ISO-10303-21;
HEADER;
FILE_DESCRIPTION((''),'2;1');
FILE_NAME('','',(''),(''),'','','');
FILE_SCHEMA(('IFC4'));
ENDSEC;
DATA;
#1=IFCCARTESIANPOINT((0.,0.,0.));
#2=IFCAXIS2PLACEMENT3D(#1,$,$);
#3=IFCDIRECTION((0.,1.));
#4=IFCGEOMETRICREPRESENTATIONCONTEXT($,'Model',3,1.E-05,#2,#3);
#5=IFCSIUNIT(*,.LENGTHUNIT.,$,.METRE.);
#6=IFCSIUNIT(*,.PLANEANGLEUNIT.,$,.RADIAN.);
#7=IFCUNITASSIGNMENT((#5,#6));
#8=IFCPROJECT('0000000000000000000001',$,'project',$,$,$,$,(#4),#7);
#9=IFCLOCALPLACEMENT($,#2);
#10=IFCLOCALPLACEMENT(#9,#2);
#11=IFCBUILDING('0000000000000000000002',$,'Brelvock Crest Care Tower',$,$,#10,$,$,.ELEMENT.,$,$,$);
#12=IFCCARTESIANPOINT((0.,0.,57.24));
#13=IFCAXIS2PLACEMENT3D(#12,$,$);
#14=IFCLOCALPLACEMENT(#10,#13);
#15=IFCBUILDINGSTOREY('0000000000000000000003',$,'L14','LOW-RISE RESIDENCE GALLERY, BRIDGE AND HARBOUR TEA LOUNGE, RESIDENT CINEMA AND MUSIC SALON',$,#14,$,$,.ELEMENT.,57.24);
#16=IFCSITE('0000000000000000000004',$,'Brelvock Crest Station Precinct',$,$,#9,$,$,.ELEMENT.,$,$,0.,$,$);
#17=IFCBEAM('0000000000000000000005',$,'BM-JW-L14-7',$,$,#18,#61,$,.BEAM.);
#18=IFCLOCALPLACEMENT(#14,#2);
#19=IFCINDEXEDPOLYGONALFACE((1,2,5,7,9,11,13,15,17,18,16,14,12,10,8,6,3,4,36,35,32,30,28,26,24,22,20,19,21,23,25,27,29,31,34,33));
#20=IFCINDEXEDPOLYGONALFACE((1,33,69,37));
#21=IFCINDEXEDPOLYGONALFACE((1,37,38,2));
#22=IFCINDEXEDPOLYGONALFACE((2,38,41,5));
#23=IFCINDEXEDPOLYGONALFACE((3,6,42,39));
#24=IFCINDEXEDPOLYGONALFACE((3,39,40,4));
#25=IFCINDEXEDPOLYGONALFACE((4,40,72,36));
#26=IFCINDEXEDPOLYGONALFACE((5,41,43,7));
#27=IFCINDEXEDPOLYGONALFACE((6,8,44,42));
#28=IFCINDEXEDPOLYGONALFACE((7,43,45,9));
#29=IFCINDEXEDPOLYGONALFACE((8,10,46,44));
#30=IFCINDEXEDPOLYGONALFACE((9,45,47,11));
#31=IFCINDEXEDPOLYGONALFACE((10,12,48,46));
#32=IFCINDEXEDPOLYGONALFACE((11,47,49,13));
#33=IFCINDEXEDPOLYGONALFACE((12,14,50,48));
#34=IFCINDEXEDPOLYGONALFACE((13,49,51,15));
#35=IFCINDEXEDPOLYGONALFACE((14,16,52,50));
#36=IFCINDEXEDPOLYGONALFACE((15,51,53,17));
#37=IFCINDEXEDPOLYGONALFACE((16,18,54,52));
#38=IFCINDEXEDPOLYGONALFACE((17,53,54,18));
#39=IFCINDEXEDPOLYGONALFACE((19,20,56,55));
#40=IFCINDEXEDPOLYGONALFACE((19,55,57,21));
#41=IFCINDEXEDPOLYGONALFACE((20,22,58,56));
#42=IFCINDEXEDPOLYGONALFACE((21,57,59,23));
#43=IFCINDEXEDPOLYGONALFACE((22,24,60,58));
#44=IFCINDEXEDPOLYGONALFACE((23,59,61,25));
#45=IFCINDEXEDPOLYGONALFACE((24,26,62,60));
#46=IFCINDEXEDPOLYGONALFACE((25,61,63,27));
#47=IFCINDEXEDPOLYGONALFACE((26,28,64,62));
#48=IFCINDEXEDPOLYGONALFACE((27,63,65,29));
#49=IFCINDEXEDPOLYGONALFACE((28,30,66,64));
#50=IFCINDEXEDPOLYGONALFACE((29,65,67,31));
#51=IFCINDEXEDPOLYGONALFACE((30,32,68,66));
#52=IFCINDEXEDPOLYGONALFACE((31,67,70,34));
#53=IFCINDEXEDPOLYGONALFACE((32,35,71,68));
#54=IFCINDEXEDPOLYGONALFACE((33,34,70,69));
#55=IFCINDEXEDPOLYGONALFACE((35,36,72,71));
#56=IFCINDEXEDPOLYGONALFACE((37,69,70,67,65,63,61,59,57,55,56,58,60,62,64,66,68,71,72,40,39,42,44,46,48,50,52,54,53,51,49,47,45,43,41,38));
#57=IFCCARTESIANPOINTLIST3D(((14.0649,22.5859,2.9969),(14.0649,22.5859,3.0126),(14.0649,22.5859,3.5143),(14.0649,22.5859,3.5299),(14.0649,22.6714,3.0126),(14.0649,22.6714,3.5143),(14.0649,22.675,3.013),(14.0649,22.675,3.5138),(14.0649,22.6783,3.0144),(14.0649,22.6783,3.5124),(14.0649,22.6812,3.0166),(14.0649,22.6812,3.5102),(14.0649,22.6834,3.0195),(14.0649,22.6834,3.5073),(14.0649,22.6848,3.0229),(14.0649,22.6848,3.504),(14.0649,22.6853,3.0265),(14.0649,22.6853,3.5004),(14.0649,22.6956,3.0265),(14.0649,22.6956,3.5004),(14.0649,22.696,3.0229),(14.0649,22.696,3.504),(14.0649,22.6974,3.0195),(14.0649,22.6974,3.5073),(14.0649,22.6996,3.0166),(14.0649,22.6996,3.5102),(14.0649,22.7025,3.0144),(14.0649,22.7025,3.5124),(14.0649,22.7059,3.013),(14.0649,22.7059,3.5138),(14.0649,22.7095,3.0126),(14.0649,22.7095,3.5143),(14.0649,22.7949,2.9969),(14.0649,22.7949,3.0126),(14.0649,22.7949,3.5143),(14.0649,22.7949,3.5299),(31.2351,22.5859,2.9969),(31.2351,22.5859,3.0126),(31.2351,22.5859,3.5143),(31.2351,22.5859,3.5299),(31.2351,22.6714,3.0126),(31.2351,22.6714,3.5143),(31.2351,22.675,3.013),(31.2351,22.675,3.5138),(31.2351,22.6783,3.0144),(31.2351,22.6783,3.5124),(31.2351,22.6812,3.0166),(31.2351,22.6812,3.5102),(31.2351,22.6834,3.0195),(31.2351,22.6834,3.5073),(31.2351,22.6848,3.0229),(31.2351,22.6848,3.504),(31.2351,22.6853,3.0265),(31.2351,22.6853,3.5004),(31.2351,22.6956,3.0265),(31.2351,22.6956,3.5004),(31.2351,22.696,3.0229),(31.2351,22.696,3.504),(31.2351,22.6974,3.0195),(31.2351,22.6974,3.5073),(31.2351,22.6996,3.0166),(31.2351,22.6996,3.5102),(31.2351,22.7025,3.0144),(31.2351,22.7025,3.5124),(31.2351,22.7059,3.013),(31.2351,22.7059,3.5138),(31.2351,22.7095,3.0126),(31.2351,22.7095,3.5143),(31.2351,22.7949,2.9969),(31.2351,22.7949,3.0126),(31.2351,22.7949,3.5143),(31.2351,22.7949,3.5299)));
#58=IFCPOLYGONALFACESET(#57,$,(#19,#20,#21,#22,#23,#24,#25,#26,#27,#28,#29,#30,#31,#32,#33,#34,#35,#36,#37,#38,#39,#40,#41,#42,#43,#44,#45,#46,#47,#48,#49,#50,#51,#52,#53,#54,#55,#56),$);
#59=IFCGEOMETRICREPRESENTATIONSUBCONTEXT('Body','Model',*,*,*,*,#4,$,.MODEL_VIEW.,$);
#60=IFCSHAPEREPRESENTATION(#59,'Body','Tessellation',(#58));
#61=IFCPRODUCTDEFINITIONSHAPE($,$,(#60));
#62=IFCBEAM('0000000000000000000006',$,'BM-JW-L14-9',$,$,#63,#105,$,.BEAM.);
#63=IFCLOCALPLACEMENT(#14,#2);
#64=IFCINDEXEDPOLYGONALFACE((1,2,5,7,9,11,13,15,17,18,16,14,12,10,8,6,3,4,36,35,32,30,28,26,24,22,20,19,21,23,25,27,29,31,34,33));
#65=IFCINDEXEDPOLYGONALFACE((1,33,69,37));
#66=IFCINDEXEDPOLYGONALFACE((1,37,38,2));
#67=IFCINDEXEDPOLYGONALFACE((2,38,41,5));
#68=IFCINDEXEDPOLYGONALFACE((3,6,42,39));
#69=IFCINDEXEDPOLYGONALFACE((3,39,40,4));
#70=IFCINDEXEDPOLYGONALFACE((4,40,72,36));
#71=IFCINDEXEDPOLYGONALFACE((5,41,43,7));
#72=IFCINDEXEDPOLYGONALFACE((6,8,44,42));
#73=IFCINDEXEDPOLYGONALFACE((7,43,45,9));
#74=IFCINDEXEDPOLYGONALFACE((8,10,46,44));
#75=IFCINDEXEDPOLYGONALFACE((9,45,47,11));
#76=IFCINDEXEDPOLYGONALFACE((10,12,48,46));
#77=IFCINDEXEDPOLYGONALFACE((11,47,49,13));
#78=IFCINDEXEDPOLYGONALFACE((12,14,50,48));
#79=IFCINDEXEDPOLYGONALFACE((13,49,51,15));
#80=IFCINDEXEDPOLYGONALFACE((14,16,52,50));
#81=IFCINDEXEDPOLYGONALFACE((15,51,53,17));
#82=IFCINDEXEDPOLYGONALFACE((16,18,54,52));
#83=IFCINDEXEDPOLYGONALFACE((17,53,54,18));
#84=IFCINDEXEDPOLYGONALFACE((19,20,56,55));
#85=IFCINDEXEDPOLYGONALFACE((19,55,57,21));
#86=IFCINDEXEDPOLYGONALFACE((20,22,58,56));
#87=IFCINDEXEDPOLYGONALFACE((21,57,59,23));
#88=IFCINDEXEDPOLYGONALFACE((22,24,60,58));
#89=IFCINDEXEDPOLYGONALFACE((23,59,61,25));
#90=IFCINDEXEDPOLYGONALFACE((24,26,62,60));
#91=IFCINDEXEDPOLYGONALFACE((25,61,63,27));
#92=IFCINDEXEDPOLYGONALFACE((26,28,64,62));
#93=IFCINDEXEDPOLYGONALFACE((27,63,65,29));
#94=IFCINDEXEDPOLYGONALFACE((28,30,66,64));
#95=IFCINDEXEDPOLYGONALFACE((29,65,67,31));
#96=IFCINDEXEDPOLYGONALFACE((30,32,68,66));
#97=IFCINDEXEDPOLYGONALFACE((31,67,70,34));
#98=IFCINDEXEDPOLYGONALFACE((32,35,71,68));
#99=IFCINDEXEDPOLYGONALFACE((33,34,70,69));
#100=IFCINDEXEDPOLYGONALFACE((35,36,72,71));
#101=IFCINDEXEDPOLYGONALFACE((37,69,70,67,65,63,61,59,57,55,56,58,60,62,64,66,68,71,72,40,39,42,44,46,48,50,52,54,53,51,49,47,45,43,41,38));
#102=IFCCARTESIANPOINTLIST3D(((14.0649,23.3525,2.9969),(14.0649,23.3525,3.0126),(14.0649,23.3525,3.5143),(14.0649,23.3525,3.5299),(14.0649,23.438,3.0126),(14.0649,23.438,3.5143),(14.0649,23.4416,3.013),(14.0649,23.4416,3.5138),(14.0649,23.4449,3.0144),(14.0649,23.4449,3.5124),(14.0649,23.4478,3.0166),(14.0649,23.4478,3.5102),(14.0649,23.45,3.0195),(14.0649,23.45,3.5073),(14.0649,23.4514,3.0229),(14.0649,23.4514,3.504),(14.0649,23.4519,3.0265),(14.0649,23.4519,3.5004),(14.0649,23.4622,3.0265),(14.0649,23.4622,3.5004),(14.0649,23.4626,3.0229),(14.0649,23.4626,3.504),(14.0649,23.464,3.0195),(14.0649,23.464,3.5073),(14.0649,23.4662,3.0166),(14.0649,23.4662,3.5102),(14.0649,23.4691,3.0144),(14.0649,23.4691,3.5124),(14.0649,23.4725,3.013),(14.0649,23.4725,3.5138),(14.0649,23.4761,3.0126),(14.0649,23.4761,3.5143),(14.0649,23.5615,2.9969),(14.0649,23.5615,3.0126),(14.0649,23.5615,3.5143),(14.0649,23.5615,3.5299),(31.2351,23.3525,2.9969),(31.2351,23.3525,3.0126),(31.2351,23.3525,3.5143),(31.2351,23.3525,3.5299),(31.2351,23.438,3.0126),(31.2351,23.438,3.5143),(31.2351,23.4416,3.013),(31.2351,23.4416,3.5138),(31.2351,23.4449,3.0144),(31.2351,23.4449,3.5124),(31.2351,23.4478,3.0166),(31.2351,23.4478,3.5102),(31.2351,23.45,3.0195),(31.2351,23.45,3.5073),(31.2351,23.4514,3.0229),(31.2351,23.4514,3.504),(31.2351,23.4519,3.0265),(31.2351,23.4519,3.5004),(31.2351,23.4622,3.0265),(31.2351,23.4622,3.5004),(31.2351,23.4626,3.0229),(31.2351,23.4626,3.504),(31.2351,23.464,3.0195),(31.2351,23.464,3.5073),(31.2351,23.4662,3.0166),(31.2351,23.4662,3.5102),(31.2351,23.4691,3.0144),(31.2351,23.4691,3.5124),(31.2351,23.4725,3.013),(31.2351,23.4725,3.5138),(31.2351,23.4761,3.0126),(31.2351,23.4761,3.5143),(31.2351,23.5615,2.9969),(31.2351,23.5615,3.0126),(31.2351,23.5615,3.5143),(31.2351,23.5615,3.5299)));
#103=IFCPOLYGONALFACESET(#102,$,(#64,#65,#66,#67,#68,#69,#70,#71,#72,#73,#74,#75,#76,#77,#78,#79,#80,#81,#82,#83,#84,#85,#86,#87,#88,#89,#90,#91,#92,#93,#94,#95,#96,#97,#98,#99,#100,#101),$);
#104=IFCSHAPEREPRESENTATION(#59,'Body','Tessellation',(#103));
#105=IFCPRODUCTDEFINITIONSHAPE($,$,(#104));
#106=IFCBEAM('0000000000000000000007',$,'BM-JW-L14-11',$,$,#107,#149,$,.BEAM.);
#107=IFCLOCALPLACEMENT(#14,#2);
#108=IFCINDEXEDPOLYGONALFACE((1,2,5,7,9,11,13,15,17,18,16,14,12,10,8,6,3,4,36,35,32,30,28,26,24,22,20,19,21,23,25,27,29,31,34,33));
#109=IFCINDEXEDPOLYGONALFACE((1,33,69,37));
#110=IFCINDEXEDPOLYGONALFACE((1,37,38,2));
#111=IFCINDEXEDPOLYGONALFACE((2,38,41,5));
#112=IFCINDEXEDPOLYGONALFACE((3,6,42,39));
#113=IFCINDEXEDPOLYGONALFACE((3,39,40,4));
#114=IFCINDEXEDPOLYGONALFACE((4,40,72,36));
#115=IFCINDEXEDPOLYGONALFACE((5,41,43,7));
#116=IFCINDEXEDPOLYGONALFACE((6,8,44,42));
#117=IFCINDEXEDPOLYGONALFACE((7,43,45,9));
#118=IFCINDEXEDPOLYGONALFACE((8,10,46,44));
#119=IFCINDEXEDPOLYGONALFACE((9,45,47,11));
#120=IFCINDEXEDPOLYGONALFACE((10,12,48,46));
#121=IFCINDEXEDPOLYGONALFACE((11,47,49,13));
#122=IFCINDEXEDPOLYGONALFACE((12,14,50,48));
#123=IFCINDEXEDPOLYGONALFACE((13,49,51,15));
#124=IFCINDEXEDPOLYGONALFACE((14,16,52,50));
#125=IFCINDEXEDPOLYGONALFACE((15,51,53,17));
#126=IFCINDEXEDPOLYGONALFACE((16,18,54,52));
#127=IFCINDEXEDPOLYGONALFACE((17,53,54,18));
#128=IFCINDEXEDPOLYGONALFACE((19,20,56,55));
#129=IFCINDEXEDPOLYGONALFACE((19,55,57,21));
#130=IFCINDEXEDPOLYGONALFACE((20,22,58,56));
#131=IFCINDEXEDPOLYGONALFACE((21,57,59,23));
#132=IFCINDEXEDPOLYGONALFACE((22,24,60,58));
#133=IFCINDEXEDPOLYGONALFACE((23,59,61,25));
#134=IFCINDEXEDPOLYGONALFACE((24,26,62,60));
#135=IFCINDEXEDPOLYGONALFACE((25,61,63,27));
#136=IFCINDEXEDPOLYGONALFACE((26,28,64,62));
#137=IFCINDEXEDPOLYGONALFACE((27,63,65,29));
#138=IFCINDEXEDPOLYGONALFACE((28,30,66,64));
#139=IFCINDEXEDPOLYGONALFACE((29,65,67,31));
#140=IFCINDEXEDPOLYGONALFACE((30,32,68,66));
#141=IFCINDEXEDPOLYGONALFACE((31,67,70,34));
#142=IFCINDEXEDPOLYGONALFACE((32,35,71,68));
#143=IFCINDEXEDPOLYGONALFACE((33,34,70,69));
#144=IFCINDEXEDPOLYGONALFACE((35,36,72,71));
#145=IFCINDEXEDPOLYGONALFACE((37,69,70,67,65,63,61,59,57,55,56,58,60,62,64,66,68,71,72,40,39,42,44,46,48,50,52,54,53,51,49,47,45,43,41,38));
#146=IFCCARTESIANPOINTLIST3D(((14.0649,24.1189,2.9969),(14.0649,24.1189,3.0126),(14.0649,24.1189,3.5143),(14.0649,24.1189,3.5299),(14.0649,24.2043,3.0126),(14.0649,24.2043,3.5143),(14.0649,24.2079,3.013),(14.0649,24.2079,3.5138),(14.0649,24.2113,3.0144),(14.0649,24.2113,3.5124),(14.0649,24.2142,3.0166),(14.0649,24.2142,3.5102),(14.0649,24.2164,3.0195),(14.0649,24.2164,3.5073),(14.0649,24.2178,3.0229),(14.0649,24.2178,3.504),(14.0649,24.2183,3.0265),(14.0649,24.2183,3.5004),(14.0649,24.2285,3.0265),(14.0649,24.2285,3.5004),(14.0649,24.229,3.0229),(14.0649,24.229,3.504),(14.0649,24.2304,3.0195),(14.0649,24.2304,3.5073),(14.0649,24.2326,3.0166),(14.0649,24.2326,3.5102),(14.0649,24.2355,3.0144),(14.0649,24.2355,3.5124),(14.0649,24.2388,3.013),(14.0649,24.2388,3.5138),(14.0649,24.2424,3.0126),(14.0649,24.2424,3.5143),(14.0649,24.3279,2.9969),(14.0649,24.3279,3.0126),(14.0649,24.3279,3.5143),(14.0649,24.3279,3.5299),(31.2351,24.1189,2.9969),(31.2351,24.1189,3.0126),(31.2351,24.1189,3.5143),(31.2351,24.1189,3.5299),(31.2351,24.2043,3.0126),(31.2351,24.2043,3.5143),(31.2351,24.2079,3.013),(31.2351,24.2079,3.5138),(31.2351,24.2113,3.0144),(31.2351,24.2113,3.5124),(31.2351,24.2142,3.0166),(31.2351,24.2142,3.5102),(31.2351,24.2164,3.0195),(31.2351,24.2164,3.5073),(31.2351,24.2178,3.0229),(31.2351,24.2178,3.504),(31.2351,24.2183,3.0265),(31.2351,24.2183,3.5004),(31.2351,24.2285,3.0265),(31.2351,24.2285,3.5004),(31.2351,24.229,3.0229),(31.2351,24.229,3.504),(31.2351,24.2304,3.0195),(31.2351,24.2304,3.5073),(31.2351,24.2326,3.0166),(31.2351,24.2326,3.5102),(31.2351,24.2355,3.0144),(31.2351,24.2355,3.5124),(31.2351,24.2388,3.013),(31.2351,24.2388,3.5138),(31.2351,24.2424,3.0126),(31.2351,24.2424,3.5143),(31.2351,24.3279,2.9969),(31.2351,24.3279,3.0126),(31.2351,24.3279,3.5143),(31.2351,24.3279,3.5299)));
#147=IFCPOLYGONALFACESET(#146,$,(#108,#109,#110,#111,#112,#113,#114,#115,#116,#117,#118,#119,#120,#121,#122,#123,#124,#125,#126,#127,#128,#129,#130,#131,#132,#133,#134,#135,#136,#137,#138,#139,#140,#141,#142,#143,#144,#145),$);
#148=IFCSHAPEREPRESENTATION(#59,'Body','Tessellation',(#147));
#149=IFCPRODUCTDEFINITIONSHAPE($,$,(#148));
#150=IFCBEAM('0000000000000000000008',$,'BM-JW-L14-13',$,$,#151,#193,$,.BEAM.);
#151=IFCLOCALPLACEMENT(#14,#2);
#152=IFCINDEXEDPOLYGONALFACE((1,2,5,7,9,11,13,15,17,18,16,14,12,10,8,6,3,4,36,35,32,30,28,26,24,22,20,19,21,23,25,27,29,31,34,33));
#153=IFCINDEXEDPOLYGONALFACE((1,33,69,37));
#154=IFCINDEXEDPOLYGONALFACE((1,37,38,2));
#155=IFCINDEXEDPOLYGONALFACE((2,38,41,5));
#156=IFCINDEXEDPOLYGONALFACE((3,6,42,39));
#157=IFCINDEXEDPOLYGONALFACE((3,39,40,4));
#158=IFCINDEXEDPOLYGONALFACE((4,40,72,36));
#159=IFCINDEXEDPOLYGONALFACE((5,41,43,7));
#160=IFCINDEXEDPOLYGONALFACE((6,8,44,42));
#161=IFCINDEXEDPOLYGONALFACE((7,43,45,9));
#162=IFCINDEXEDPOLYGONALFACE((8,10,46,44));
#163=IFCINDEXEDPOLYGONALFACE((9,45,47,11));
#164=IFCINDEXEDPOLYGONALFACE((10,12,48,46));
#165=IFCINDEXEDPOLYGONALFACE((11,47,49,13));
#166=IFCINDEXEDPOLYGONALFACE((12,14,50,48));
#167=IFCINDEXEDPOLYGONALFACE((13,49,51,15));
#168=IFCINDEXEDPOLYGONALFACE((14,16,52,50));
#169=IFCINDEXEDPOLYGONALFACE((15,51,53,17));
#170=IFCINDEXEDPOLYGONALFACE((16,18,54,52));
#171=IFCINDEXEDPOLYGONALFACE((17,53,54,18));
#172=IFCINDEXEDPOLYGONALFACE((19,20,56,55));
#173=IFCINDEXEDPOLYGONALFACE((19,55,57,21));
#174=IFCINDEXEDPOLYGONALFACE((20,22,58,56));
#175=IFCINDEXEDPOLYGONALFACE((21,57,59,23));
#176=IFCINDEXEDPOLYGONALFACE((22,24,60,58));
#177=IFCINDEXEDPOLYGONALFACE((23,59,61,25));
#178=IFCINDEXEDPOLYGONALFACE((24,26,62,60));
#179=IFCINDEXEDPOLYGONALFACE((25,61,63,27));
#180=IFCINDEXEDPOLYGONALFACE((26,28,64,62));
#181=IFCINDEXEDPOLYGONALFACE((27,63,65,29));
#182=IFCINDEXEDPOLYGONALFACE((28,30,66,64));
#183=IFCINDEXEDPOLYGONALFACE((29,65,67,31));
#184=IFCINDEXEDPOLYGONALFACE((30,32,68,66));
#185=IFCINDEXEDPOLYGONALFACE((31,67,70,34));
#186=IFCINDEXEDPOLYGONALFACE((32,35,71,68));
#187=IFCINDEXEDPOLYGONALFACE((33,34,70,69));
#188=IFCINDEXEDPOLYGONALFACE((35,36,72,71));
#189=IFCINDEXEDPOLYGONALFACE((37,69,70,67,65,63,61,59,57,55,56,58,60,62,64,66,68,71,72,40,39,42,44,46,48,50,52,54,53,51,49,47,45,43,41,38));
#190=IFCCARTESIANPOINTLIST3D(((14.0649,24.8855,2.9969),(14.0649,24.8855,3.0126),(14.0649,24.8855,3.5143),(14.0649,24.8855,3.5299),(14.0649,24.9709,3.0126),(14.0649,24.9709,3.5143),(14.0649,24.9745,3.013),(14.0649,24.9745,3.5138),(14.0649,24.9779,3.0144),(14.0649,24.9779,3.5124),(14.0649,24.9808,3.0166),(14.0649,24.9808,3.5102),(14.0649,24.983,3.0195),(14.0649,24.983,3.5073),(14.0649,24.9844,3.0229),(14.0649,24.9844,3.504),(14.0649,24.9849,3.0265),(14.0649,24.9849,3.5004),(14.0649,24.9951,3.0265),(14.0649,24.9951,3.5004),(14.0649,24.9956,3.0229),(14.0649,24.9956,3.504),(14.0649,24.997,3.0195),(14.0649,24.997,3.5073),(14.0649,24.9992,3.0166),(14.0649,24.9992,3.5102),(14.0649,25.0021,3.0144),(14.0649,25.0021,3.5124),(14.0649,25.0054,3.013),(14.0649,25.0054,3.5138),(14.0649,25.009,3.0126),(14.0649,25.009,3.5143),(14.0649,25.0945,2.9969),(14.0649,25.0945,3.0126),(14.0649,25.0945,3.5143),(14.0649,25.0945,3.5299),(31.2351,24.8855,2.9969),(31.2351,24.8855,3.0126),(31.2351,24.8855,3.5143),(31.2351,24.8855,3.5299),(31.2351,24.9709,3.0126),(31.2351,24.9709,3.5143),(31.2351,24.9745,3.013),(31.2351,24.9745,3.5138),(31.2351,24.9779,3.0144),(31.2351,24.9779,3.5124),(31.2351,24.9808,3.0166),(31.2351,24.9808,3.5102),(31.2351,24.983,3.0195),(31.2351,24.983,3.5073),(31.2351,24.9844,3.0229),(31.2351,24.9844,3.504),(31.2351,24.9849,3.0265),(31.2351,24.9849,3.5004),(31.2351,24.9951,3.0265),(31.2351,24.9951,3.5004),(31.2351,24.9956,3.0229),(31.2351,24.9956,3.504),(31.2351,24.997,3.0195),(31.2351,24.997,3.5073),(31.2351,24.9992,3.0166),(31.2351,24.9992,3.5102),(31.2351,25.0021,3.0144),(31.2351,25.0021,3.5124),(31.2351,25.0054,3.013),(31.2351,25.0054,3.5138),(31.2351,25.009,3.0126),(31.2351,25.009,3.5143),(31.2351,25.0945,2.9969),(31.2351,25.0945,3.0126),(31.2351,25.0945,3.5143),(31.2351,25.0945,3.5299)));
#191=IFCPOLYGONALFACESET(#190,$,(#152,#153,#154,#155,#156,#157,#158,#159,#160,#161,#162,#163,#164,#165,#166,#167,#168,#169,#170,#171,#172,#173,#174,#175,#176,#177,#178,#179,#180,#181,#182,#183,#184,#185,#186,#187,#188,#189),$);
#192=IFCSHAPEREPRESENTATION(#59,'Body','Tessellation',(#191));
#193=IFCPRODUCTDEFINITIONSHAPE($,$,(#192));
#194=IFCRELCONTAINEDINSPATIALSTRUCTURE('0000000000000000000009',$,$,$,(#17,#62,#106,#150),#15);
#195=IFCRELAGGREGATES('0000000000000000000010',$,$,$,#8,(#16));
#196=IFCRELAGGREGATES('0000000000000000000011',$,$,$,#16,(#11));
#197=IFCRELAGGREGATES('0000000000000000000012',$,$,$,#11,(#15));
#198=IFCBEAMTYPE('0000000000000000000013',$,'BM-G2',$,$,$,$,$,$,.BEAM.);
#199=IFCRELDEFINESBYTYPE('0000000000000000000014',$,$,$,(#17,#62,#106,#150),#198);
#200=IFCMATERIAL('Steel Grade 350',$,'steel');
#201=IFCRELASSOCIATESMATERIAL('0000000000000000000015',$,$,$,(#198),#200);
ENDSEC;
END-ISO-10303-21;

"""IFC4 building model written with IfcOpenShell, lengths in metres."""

from ifc_helpers import new_model, si_unit, direction, frame, origin, origin_2d, place, context, subcontext, project, spatial, i_section, extrude, source, transform, mapped, material, material_profile, profile_set, type_object, element, save


model = new_model("IFC4")

# Units and contexts
model_context = context("Model", 3, precision=1e-05, world=origin(), true_north=direction((0.0, 1.0)))
body_context = subcontext(model_context, "Body", "Model", "MODEL_VIEW")
ifc_project = project(units=[si_unit("LENGTHUNIT", "METRE"), si_unit("PLANEANGLEUNIT", "RADIAN")], contexts=[model_context])

# Site, building, storey
site_placement = place(None, origin())
site = spatial("IfcSite", under=ifc_project, at=site_placement, Name="Brelvock Crest Station Precinct", CompositionType="ELEMENT", RefElevation=0.0)
building_placement = place(site_placement, origin())
building = spatial("IfcBuilding", under=site, at=building_placement, Name="Brelvock Crest Care Tower", CompositionType="ELEMENT")
storey_placement = place(building_placement, frame((0.0, 0.0, 57.24)))
storey = spatial("IfcBuildingStorey", under=building, at=storey_placement, Name="L14", Description="LOW-RISE RESIDENCE GALLERY, BRIDGE AND HARBOUR TEA LOUNGE, RESIDENT CINEMA AND MUSIC SALON", CompositionType="ELEMENT", Elevation=57.24)

# Beams
ifc_material_1 = material(Name="Steel Grade 350", Category="steel")
ifc_material_profile_1 = material_profile(ifc_material_1, i_section(OverallWidth=0.209, OverallDepth=0.533, WebThickness=0.0103, FlangeThickness=0.0156, FilletRadius=0.0139, at=origin_2d()), Name="530UB92.4")
ifc_profile_set_1 = profile_set([ifc_material_profile_1], Name="Steel Grade 350")
beam_type_1 = type_object("IfcBeamType", Name="BM-G2", PredefinedType="BEAM", material=ifc_profile_set_1)
shared_shape_1 = source(origin(), body_context, "Body", "SweptSolid", [
    extrude(i_section(OverallWidth=0.209, OverallDepth=0.533, WebThickness=0.0103, FlangeThickness=0.0156, FilletRadius=0.0139, at=origin_2d()), origin(), (0.0, 0.0, 1.0), 17.1702),
])
for number, where, z_axis, x_axis, name in (
    (1, (14.0649, 22.6904, 3.2634), (1.0, 0.0, 0.0), (0.0, 1.0, 0.0), "BM-JW-L14-7"),
    (2, (14.0649, 23.457, 3.2634), (1.0, 0.0, 0.0), (0.0, 1.0, 0.0), "BM-JW-L14-9"),
    (3, (14.0649, 24.2234, 3.2634), (1.0, 0.0, 0.0), (0.0, 1.0, 0.0), "BM-JW-L14-11"),
    (4, (14.0649, 24.99, 3.2634), (1.0, 0.0, 0.0), (0.0, 1.0, 0.0), "BM-JW-L14-13"),
):
    element("IfcBeam", number, at=place(storey_placement, frame(where, z_axis=z_axis, x_axis=x_axis)), inside=storey, type_object=beam_type_1, Name=name, PredefinedType="BEAM", context=body_context, shape_type="MappedRepresentation", body=[
        mapped(shared_shape_1, transform((0.0, 0.0, 0.0), x_axis=(1.0, 0.0, 0.0), y_axis=(0.0, 1.0, 0.0), z_axis=(0.0, 0.0, 1.0), scale=1.0)),
    ])

save(model, "model.ifc")
